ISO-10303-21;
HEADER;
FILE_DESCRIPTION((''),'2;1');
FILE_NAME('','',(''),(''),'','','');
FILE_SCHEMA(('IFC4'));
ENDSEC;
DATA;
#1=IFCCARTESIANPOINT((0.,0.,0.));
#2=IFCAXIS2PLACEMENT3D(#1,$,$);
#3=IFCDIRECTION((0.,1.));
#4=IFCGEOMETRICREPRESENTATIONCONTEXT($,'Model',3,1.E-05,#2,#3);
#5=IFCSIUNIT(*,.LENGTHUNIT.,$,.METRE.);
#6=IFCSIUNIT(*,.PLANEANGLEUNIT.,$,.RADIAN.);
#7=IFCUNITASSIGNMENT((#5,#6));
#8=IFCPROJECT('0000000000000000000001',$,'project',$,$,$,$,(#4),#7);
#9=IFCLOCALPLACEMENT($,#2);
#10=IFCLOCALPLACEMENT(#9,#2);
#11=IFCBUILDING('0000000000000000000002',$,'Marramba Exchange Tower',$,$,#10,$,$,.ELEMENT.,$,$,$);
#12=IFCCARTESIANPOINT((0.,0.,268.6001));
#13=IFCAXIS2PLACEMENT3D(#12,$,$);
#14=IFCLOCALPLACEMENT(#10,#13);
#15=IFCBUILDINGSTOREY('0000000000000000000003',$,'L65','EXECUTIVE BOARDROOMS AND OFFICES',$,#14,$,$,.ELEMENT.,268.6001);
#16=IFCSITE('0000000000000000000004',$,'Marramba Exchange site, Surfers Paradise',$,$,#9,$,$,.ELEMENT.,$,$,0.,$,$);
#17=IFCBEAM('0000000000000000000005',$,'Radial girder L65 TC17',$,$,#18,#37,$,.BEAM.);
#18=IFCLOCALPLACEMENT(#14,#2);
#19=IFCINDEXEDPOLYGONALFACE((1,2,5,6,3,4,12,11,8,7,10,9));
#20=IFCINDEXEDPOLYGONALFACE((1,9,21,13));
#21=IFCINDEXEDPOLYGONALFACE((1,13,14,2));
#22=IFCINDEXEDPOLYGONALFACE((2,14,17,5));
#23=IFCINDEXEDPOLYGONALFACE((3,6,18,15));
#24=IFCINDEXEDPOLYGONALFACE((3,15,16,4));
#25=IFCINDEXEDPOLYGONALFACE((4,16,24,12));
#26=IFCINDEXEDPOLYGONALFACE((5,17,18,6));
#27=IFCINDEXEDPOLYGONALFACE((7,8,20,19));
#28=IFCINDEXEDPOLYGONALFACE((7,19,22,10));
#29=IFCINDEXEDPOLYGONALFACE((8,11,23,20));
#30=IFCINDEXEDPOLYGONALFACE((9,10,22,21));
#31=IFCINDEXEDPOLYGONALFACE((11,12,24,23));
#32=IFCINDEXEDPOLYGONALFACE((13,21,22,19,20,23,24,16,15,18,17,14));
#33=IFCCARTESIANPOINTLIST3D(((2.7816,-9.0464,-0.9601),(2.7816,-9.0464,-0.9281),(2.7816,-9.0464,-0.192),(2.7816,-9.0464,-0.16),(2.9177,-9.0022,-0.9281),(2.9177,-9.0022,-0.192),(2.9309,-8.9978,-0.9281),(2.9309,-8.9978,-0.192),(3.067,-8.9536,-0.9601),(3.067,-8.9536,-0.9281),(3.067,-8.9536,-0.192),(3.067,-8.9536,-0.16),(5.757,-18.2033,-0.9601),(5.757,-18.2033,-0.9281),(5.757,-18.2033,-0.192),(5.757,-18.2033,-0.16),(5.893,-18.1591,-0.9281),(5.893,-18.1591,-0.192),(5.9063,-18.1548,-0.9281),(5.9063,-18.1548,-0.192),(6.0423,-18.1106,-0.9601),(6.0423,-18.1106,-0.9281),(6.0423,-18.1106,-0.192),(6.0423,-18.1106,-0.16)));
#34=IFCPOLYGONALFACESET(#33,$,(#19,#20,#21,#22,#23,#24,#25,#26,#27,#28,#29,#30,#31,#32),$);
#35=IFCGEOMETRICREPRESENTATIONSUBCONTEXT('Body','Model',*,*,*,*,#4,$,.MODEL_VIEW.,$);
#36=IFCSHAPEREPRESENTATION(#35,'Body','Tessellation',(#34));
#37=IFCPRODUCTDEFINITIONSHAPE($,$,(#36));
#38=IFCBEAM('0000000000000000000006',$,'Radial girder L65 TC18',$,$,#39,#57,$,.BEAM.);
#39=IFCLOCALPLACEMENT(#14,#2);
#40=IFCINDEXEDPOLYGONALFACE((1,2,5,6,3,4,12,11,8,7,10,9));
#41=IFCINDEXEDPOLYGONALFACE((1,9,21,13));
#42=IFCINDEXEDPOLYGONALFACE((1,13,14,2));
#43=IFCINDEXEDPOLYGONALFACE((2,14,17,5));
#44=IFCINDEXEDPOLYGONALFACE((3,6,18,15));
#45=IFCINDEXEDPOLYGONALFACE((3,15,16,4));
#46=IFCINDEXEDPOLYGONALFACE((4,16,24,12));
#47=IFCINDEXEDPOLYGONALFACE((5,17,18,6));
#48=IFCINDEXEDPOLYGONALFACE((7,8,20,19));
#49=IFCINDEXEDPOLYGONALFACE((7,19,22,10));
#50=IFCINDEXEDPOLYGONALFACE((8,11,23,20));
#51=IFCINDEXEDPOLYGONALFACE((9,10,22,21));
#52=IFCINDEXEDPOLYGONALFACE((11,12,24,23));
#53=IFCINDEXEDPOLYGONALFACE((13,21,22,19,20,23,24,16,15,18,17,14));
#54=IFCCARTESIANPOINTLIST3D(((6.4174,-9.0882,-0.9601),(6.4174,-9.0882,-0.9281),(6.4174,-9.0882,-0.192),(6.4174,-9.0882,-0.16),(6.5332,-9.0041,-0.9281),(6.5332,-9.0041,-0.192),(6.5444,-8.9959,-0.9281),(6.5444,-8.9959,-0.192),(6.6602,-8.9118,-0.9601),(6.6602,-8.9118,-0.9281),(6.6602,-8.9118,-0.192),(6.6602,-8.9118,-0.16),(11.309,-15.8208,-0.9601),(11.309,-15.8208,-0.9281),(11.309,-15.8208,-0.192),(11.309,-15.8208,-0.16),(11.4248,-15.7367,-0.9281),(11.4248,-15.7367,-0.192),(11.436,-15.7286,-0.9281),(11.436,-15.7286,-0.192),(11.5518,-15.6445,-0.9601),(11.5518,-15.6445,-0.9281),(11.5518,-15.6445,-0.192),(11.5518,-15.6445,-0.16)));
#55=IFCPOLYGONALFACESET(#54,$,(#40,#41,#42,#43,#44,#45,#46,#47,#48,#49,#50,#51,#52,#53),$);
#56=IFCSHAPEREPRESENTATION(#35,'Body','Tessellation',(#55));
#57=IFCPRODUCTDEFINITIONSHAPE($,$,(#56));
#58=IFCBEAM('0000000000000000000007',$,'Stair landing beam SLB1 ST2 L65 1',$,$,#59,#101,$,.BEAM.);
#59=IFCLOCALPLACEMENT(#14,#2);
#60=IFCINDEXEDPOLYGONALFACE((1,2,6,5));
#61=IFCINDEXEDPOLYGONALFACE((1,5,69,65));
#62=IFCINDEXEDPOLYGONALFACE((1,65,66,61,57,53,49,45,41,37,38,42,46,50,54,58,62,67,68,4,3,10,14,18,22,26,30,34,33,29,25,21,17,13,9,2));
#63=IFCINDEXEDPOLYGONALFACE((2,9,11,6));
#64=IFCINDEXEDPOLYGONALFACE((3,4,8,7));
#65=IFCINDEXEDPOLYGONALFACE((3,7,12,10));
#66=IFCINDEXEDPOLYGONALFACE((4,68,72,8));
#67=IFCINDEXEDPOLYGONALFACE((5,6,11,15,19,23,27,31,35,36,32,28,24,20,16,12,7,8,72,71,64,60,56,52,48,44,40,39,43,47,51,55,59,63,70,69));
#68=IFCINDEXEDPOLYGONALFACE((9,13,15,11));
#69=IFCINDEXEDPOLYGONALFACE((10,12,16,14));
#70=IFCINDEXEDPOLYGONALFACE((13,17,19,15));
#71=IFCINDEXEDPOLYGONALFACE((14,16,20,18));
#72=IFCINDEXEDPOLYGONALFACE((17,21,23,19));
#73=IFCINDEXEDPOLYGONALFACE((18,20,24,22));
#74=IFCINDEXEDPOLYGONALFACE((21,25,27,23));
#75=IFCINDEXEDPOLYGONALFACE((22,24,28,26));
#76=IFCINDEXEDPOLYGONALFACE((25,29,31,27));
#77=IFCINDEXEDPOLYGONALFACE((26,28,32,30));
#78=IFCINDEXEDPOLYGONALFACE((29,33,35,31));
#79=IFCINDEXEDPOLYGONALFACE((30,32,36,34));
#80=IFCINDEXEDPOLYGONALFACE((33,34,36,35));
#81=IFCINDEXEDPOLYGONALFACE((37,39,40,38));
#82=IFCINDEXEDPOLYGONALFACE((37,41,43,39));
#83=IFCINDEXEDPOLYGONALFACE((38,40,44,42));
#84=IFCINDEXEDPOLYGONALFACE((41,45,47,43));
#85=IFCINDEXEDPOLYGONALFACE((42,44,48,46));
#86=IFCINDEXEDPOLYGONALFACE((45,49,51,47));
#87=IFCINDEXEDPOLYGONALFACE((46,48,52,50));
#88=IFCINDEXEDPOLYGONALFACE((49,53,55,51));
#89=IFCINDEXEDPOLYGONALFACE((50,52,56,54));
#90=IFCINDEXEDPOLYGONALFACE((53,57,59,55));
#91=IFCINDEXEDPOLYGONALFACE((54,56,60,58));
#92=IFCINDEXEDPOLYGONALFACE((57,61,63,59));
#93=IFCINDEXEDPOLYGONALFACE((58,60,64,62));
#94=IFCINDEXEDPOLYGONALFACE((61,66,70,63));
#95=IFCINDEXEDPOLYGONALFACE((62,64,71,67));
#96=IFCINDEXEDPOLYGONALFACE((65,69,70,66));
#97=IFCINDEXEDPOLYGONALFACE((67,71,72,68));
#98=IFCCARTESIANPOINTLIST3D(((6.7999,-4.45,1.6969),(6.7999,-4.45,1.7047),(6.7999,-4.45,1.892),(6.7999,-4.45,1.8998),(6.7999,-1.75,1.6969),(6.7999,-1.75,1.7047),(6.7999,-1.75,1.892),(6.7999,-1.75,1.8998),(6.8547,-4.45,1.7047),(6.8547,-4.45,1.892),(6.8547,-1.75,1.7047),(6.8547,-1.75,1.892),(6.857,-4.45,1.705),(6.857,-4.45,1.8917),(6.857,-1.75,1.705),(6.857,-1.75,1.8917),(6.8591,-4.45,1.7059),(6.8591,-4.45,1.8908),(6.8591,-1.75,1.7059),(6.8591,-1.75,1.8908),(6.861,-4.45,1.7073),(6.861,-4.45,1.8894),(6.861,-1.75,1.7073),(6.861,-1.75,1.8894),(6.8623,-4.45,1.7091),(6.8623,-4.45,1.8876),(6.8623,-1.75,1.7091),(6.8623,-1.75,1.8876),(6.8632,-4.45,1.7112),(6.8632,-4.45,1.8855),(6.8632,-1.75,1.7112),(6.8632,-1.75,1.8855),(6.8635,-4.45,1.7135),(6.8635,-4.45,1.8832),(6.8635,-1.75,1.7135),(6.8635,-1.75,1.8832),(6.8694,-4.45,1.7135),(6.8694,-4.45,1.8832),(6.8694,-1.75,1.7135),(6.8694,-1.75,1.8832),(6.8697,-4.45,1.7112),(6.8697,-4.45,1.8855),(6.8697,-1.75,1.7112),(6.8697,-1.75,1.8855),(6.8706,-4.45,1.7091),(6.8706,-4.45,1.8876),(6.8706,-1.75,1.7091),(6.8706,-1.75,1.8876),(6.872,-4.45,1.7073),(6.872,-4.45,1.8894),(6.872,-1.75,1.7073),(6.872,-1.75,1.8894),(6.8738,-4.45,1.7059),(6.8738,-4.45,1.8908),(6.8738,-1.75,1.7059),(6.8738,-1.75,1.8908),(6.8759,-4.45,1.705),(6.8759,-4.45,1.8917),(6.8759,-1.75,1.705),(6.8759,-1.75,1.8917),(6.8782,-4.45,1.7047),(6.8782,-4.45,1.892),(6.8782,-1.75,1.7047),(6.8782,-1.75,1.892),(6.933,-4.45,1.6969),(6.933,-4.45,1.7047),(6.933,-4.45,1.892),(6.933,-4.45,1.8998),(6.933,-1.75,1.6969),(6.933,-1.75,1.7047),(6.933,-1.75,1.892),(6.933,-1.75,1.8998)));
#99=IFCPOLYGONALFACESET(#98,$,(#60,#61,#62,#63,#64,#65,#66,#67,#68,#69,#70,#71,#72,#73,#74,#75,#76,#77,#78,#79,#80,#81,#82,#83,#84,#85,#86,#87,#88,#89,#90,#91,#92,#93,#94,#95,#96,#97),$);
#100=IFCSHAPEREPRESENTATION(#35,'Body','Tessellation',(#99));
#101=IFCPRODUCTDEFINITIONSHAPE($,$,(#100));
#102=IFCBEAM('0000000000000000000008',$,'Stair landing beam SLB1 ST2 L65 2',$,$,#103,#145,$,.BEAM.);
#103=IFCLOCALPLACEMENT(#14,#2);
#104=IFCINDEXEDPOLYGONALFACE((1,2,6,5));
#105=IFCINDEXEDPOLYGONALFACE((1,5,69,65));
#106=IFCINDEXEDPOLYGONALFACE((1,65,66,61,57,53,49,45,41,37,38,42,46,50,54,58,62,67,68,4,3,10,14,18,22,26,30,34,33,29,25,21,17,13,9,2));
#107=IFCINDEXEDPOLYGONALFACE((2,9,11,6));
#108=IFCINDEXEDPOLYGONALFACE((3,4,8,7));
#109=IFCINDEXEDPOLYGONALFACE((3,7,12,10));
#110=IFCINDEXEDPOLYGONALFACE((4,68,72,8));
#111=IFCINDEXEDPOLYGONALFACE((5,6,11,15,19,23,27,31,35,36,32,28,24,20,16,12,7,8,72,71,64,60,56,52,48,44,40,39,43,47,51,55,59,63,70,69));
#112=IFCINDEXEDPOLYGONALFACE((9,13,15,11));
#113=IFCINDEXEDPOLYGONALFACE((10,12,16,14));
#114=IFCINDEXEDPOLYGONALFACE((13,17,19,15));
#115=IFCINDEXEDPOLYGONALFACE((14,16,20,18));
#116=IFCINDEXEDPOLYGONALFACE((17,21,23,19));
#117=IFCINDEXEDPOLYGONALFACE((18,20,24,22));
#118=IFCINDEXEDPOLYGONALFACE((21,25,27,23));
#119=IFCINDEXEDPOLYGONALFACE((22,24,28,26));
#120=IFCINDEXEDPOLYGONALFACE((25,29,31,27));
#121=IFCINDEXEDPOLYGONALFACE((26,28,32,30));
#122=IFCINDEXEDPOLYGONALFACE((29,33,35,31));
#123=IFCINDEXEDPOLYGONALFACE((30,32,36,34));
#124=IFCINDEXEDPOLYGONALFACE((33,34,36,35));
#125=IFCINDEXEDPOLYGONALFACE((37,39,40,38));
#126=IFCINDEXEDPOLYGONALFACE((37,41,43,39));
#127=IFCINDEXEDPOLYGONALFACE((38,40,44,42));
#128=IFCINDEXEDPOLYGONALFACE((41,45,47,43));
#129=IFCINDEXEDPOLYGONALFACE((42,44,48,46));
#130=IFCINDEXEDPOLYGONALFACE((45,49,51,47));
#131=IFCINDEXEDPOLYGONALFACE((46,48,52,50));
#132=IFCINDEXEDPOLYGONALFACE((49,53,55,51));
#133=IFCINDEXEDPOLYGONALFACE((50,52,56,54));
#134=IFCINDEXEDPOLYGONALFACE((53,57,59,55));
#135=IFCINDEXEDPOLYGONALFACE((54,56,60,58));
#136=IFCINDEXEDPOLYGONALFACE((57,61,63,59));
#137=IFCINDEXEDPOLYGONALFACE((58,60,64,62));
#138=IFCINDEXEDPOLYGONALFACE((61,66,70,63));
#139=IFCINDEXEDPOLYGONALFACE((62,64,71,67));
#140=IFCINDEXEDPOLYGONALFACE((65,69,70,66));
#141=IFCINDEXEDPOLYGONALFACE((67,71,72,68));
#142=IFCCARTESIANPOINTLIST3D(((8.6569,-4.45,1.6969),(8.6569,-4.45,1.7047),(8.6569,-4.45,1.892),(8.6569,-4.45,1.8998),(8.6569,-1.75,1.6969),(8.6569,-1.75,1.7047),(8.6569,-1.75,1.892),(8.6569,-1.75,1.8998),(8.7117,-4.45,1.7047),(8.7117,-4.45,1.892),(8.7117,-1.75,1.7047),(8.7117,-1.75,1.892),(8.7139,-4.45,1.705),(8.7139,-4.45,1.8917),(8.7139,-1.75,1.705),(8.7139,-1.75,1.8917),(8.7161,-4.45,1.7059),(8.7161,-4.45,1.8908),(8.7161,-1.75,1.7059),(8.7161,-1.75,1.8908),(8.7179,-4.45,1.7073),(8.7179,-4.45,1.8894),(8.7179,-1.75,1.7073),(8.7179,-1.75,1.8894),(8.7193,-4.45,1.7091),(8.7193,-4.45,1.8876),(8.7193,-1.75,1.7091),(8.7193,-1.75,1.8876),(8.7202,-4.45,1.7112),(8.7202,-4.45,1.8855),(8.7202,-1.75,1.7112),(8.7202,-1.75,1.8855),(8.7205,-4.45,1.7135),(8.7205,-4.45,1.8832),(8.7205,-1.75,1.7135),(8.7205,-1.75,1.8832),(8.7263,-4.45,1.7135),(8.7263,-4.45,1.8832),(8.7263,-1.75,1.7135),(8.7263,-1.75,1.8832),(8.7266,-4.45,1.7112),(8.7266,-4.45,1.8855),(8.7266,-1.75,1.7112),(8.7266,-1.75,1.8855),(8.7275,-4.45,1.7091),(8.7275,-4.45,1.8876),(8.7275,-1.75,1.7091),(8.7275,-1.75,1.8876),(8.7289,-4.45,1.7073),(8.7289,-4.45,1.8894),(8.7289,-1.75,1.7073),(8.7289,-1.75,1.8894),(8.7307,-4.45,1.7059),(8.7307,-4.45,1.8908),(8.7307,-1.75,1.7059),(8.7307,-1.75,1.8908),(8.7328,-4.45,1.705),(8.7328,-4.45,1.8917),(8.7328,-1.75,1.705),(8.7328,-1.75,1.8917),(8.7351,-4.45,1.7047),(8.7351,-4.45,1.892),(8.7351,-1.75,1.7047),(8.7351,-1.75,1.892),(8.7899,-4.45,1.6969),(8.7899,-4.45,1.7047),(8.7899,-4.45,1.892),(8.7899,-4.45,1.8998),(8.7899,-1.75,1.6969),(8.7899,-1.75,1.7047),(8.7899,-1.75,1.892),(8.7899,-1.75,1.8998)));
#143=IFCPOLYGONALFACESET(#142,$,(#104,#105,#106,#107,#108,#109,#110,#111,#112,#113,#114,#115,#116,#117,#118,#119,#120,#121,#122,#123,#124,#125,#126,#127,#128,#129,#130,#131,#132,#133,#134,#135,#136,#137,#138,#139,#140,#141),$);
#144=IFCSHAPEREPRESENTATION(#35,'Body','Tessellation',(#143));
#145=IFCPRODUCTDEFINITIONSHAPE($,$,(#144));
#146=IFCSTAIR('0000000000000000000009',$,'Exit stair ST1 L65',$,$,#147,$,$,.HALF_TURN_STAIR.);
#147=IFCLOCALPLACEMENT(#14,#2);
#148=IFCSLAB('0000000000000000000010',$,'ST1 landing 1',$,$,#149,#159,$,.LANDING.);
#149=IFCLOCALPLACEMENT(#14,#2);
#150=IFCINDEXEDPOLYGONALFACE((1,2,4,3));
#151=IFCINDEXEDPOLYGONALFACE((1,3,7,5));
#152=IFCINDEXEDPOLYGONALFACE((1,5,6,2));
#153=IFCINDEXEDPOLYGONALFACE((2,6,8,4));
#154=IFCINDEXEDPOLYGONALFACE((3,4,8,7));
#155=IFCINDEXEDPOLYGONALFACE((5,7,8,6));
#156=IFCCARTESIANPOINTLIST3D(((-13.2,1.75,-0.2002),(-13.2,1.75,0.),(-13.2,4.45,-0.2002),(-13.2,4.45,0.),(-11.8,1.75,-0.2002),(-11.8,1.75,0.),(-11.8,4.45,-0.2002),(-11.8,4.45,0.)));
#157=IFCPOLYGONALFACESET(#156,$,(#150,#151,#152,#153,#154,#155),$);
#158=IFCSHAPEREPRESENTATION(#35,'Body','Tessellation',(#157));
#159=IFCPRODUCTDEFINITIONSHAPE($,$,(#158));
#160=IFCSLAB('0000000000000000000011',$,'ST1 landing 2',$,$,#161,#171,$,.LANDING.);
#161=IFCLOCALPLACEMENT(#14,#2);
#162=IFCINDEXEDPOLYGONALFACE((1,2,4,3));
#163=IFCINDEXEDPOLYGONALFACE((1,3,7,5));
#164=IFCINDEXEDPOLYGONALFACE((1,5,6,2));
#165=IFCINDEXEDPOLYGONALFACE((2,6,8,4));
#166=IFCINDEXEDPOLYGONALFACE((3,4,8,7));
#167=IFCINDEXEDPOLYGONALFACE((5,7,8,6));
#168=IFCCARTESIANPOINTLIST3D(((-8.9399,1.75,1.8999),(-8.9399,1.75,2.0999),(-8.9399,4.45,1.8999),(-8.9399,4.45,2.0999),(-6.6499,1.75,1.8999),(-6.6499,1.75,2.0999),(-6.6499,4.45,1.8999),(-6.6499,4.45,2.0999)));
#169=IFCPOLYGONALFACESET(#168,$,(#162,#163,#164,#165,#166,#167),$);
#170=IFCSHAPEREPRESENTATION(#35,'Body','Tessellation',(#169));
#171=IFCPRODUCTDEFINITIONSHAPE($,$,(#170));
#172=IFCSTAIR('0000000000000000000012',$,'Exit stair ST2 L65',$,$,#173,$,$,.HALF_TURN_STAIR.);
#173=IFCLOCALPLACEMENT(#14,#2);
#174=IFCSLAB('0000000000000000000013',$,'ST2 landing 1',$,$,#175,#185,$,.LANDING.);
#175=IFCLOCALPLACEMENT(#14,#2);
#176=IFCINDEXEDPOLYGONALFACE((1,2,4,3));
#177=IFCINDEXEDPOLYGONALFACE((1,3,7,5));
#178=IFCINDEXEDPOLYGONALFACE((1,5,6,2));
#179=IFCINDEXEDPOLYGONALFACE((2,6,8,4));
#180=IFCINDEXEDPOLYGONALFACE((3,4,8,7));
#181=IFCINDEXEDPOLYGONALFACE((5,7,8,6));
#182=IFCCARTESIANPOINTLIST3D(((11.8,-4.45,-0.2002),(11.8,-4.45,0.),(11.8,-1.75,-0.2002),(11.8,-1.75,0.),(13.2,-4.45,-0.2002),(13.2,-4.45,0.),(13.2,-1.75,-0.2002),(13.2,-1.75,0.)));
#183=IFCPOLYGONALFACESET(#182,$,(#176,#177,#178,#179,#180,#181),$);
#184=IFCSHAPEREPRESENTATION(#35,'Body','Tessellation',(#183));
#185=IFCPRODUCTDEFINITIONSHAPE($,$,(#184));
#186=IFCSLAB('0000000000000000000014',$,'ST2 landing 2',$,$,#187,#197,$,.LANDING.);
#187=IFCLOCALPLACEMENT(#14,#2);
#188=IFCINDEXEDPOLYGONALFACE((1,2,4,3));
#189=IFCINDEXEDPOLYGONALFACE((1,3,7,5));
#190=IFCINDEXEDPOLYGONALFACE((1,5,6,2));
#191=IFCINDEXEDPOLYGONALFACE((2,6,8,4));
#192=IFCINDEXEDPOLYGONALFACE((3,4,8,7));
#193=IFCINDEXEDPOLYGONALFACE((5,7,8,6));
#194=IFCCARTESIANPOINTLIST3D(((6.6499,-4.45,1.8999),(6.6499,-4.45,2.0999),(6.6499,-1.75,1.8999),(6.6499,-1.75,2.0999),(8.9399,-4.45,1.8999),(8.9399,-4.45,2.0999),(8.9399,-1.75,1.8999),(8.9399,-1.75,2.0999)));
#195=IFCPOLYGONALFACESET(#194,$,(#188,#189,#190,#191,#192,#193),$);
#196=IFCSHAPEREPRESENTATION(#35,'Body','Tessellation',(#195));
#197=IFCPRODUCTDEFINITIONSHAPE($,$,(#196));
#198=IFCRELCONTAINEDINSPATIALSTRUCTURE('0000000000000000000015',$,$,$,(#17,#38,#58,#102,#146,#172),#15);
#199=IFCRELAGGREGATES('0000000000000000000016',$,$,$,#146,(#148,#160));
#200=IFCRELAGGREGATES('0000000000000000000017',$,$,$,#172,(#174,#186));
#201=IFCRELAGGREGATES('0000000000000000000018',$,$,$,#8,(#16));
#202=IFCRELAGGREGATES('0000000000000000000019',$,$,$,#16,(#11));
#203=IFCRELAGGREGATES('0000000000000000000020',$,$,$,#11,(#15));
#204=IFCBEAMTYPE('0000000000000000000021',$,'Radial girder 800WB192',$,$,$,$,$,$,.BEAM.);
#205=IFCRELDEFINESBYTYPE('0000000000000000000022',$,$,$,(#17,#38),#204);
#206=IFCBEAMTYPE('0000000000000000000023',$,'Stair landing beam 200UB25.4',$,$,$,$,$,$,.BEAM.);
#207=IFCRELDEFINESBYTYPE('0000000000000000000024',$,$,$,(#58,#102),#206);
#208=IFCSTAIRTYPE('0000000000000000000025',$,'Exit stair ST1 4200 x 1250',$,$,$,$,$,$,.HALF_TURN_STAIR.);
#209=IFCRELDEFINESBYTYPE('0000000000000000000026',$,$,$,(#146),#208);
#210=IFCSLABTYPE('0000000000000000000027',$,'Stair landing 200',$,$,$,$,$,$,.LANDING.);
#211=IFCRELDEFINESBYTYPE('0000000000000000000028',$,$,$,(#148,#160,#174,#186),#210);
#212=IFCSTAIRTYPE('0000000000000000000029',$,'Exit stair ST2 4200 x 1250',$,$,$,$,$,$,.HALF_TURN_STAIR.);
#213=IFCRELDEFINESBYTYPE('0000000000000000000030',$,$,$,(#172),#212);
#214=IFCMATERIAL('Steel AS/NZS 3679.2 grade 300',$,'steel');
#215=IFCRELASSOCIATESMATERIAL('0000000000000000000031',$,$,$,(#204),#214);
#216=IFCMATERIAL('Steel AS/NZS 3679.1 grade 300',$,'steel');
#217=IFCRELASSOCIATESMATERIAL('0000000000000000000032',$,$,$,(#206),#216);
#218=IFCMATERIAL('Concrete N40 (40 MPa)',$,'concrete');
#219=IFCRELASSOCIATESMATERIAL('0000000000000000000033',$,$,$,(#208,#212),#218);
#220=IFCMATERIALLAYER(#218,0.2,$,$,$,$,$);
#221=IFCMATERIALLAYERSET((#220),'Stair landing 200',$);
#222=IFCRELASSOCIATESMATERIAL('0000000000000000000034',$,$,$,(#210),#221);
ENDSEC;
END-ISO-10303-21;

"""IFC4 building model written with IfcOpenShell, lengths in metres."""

from ifc_helpers import new_model, si_unit, direction, frame, origin, origin_2d, place, context, subcontext, project, spatial, polyline, i_section, outline, extrude, material, layer, layer_set, material_profile, profile_set, type_object, element, aggregate, save


model = new_model("IFC4")

# Units and contexts
model_context = context("Model", 3, precision=1e-05, world=origin(), true_north=direction((0.0, 1.0)))
body_context = subcontext(model_context, "Body", "Model", "MODEL_VIEW")
ifc_project = project(units=[si_unit("LENGTHUNIT", "METRE"), si_unit("PLANEANGLEUNIT", "RADIAN")], contexts=[model_context])

# Site, building, storey
site_placement = place(None, origin())
site = spatial("IfcSite", under=ifc_project, at=site_placement, Name="Marramba Exchange site, Surfers Paradise", CompositionType="ELEMENT", RefElevation=0.0)
building_placement = place(site_placement, origin())
building = spatial("IfcBuilding", under=site, at=building_placement, Name="Marramba Exchange Tower", CompositionType="ELEMENT")
storey_placement = place(building_placement, frame((0.0, 0.0, 268.6001)))
storey = spatial("IfcBuildingStorey", under=building, at=storey_placement, Name="L65", Description="EXECUTIVE BOARDROOMS AND OFFICES", CompositionType="ELEMENT", Elevation=268.6001)

# Beams
ifc_material_1 = material(Name="Steel AS/NZS 3679.2 grade 300", Category="steel")
ifc_material_profile_1 = material_profile(ifc_material_1, i_section(OverallWidth=0.3, OverallDepth=0.8, WebThickness=0.0139, FlangeThickness=0.032, at=origin_2d()), Name="800WB192")
ifc_profile_set_1 = profile_set([ifc_material_profile_1], Name="Steel AS/NZS 3679.2 grade 300")
beam_type_1 = type_object("IfcBeamType", Name="Radial girder 800WB192", PredefinedType="BEAM", material=ifc_profile_set_1)
beam_1_placement = place(storey_placement, frame((2.9243, -9.0, -0.5601), z_axis=(0.309022, -0.951055, 0.0), x_axis=(0.951055, 0.309022, 0.0)))
element("IfcBeam", 1, at=beam_1_placement, inside=storey, type_object=beam_type_1, Name="Radial girder L65 TC17", PredefinedType="BEAM", context=body_context, shape_type="SweptSolid", body=[
    extrude(i_section(OverallWidth=0.3, OverallDepth=0.8, WebThickness=0.0139, FlangeThickness=0.032, at=origin_2d()), origin(), (0.0, 0.0, 1.0), 9.6282),
])
beam_2_placement = place(storey_placement, frame((6.5388, -9.0, -0.5601), z_axis=(0.587788, -0.809015, 0.0), x_axis=(0.809015, 0.587788, 0.0)))
element("IfcBeam", 2, at=beam_2_placement, inside=storey, type_object=beam_type_1, Name="Radial girder L65 TC18", PredefinedType="BEAM", context=body_context, shape_type="SweptSolid", body=[
    extrude(i_section(OverallWidth=0.3, OverallDepth=0.8, WebThickness=0.0139, FlangeThickness=0.032, at=origin_2d()), origin(), (0.0, 0.0, 1.0), 8.322),
])
ifc_material_2 = material(Name="Steel AS/NZS 3679.1 grade 300", Category="steel")
ifc_material_profile_2 = material_profile(ifc_material_2, i_section(OverallWidth=0.1331, OverallDepth=0.2029, WebThickness=0.0059, FlangeThickness=0.0078, FilletRadius=0.0088, at=origin_2d()), Name="200UB25.4")
ifc_profile_set_2 = profile_set([ifc_material_profile_2], Name="Steel AS/NZS 3679.1 grade 300")
beam_type_2 = type_object("IfcBeamType", Name="Stair landing beam 200UB25.4", PredefinedType="BEAM", material=ifc_profile_set_2)
for number, where, z_axis, x_axis, name in (
    (3, (6.8665, -4.45, 1.7983), (0.0, 1.0, 0.0), (-1.0, 0.0, 0.0), "Stair landing beam SLB1 ST2 L65 1"),
    (4, (8.7234, -4.45, 1.7983), (0.0, 1.0, 0.0), (-1.0, 0.0, 0.0), "Stair landing beam SLB1 ST2 L65 2"),
):
    element("IfcBeam", number, at=place(storey_placement, frame(where, z_axis=z_axis, x_axis=x_axis)), inside=storey, type_object=beam_type_2, Name=name, PredefinedType="BEAM", context=body_context, shape_type="SweptSolid", body=[
        extrude(i_section(OverallWidth=0.1331, OverallDepth=0.2029, WebThickness=0.0059, FlangeThickness=0.0078, FilletRadius=0.0088, at=origin_2d()), origin(), (0.0, 0.0, 1.0), 2.7),
    ])

# Stairs, slabs
ifc_material_3 = material(Name="Concrete N40 (40 MPa)", Category="concrete")
stair_type_1 = type_object("IfcStairType", Name="Exit stair ST1 4200 x 1250", PredefinedType="HALF_TURN_STAIR", material=ifc_material_3)
stair_1_placement = place(storey_placement, origin())
stair_1 = element("IfcStair", 5, at=stair_1_placement, inside=storey, type_object=stair_type_1, Name="Exit stair ST1 L65", PredefinedType="HALF_TURN_STAIR")
ifc_layer_1 = layer(ifc_material_3, 0.2)
ifc_layer_set_1 = layer_set([ifc_layer_1], Name="Stair landing 200")
slab_type = type_object("IfcSlabType", Name="Stair landing 200", PredefinedType="LANDING", material=ifc_layer_set_1)
slab_1_placement = place(storey_placement, frame((0.0, 0.0, -0.2002)))
slab_1 = element("IfcSlab", 6, at=slab_1_placement, type_object=slab_type, Name="ST1 landing 1", PredefinedType="LANDING", context=body_context, shape_type="SweptSolid", body=[
    extrude(outline(polyline([(-13.2, 1.75), (-11.8, 1.75), (-11.8, 4.45), (-13.2, 4.45), (-13.2, 1.75)])), origin(), (0.0, 0.0, 1.0), 0.2002),
])
slab_2_placement = place(storey_placement, frame((0.0, 0.0, 1.8999)))
slab_2 = element("IfcSlab", 7, at=slab_2_placement, type_object=slab_type, Name="ST1 landing 2", PredefinedType="LANDING", context=body_context, shape_type="SweptSolid", body=[
    extrude(outline(polyline([(-8.9399, 1.75), (-6.6499, 1.75), (-6.6499, 4.45), (-8.9399, 4.45), (-8.9399, 1.75)])), origin(), (0.0, 0.0, 1.0), 0.2),
])
aggregate(stair_1, [slab_1, slab_2])
stair_type_2 = type_object("IfcStairType", Name="Exit stair ST2 4200 x 1250", PredefinedType="HALF_TURN_STAIR", material=ifc_material_3)
stair_2_placement = place(storey_placement, origin())
stair_2 = element("IfcStair", 8, at=stair_2_placement, inside=storey, type_object=stair_type_2, Name="Exit stair ST2 L65", PredefinedType="HALF_TURN_STAIR")
slab_3_placement = place(storey_placement, frame((0.0, 0.0, -0.2002)))
slab_3 = element("IfcSlab", 9, at=slab_3_placement, type_object=slab_type, Name="ST2 landing 1", PredefinedType="LANDING", context=body_context, shape_type="SweptSolid", body=[
    extrude(outline(polyline([(11.8, -4.45), (13.2, -4.45), (13.2, -1.75), (11.8, -1.75), (11.8, -4.45)])), origin(), (0.0, 0.0, 1.0), 0.2002),
])
slab_4_placement = place(storey_placement, frame((0.0, 0.0, 1.8999)))
slab_4 = element("IfcSlab", 10, at=slab_4_placement, type_object=slab_type, Name="ST2 landing 2", PredefinedType="LANDING", context=body_context, shape_type="SweptSolid", body=[
    extrude(outline(polyline([(6.6499, -4.45), (8.9399, -4.45), (8.9399, -1.75), (6.6499, -1.75), (6.6499, -4.45)])), origin(), (0.0, 0.0, 1.0), 0.2),
])

aggregate(stair_2, [slab_3, slab_4])

save(model, "model.ifc")
